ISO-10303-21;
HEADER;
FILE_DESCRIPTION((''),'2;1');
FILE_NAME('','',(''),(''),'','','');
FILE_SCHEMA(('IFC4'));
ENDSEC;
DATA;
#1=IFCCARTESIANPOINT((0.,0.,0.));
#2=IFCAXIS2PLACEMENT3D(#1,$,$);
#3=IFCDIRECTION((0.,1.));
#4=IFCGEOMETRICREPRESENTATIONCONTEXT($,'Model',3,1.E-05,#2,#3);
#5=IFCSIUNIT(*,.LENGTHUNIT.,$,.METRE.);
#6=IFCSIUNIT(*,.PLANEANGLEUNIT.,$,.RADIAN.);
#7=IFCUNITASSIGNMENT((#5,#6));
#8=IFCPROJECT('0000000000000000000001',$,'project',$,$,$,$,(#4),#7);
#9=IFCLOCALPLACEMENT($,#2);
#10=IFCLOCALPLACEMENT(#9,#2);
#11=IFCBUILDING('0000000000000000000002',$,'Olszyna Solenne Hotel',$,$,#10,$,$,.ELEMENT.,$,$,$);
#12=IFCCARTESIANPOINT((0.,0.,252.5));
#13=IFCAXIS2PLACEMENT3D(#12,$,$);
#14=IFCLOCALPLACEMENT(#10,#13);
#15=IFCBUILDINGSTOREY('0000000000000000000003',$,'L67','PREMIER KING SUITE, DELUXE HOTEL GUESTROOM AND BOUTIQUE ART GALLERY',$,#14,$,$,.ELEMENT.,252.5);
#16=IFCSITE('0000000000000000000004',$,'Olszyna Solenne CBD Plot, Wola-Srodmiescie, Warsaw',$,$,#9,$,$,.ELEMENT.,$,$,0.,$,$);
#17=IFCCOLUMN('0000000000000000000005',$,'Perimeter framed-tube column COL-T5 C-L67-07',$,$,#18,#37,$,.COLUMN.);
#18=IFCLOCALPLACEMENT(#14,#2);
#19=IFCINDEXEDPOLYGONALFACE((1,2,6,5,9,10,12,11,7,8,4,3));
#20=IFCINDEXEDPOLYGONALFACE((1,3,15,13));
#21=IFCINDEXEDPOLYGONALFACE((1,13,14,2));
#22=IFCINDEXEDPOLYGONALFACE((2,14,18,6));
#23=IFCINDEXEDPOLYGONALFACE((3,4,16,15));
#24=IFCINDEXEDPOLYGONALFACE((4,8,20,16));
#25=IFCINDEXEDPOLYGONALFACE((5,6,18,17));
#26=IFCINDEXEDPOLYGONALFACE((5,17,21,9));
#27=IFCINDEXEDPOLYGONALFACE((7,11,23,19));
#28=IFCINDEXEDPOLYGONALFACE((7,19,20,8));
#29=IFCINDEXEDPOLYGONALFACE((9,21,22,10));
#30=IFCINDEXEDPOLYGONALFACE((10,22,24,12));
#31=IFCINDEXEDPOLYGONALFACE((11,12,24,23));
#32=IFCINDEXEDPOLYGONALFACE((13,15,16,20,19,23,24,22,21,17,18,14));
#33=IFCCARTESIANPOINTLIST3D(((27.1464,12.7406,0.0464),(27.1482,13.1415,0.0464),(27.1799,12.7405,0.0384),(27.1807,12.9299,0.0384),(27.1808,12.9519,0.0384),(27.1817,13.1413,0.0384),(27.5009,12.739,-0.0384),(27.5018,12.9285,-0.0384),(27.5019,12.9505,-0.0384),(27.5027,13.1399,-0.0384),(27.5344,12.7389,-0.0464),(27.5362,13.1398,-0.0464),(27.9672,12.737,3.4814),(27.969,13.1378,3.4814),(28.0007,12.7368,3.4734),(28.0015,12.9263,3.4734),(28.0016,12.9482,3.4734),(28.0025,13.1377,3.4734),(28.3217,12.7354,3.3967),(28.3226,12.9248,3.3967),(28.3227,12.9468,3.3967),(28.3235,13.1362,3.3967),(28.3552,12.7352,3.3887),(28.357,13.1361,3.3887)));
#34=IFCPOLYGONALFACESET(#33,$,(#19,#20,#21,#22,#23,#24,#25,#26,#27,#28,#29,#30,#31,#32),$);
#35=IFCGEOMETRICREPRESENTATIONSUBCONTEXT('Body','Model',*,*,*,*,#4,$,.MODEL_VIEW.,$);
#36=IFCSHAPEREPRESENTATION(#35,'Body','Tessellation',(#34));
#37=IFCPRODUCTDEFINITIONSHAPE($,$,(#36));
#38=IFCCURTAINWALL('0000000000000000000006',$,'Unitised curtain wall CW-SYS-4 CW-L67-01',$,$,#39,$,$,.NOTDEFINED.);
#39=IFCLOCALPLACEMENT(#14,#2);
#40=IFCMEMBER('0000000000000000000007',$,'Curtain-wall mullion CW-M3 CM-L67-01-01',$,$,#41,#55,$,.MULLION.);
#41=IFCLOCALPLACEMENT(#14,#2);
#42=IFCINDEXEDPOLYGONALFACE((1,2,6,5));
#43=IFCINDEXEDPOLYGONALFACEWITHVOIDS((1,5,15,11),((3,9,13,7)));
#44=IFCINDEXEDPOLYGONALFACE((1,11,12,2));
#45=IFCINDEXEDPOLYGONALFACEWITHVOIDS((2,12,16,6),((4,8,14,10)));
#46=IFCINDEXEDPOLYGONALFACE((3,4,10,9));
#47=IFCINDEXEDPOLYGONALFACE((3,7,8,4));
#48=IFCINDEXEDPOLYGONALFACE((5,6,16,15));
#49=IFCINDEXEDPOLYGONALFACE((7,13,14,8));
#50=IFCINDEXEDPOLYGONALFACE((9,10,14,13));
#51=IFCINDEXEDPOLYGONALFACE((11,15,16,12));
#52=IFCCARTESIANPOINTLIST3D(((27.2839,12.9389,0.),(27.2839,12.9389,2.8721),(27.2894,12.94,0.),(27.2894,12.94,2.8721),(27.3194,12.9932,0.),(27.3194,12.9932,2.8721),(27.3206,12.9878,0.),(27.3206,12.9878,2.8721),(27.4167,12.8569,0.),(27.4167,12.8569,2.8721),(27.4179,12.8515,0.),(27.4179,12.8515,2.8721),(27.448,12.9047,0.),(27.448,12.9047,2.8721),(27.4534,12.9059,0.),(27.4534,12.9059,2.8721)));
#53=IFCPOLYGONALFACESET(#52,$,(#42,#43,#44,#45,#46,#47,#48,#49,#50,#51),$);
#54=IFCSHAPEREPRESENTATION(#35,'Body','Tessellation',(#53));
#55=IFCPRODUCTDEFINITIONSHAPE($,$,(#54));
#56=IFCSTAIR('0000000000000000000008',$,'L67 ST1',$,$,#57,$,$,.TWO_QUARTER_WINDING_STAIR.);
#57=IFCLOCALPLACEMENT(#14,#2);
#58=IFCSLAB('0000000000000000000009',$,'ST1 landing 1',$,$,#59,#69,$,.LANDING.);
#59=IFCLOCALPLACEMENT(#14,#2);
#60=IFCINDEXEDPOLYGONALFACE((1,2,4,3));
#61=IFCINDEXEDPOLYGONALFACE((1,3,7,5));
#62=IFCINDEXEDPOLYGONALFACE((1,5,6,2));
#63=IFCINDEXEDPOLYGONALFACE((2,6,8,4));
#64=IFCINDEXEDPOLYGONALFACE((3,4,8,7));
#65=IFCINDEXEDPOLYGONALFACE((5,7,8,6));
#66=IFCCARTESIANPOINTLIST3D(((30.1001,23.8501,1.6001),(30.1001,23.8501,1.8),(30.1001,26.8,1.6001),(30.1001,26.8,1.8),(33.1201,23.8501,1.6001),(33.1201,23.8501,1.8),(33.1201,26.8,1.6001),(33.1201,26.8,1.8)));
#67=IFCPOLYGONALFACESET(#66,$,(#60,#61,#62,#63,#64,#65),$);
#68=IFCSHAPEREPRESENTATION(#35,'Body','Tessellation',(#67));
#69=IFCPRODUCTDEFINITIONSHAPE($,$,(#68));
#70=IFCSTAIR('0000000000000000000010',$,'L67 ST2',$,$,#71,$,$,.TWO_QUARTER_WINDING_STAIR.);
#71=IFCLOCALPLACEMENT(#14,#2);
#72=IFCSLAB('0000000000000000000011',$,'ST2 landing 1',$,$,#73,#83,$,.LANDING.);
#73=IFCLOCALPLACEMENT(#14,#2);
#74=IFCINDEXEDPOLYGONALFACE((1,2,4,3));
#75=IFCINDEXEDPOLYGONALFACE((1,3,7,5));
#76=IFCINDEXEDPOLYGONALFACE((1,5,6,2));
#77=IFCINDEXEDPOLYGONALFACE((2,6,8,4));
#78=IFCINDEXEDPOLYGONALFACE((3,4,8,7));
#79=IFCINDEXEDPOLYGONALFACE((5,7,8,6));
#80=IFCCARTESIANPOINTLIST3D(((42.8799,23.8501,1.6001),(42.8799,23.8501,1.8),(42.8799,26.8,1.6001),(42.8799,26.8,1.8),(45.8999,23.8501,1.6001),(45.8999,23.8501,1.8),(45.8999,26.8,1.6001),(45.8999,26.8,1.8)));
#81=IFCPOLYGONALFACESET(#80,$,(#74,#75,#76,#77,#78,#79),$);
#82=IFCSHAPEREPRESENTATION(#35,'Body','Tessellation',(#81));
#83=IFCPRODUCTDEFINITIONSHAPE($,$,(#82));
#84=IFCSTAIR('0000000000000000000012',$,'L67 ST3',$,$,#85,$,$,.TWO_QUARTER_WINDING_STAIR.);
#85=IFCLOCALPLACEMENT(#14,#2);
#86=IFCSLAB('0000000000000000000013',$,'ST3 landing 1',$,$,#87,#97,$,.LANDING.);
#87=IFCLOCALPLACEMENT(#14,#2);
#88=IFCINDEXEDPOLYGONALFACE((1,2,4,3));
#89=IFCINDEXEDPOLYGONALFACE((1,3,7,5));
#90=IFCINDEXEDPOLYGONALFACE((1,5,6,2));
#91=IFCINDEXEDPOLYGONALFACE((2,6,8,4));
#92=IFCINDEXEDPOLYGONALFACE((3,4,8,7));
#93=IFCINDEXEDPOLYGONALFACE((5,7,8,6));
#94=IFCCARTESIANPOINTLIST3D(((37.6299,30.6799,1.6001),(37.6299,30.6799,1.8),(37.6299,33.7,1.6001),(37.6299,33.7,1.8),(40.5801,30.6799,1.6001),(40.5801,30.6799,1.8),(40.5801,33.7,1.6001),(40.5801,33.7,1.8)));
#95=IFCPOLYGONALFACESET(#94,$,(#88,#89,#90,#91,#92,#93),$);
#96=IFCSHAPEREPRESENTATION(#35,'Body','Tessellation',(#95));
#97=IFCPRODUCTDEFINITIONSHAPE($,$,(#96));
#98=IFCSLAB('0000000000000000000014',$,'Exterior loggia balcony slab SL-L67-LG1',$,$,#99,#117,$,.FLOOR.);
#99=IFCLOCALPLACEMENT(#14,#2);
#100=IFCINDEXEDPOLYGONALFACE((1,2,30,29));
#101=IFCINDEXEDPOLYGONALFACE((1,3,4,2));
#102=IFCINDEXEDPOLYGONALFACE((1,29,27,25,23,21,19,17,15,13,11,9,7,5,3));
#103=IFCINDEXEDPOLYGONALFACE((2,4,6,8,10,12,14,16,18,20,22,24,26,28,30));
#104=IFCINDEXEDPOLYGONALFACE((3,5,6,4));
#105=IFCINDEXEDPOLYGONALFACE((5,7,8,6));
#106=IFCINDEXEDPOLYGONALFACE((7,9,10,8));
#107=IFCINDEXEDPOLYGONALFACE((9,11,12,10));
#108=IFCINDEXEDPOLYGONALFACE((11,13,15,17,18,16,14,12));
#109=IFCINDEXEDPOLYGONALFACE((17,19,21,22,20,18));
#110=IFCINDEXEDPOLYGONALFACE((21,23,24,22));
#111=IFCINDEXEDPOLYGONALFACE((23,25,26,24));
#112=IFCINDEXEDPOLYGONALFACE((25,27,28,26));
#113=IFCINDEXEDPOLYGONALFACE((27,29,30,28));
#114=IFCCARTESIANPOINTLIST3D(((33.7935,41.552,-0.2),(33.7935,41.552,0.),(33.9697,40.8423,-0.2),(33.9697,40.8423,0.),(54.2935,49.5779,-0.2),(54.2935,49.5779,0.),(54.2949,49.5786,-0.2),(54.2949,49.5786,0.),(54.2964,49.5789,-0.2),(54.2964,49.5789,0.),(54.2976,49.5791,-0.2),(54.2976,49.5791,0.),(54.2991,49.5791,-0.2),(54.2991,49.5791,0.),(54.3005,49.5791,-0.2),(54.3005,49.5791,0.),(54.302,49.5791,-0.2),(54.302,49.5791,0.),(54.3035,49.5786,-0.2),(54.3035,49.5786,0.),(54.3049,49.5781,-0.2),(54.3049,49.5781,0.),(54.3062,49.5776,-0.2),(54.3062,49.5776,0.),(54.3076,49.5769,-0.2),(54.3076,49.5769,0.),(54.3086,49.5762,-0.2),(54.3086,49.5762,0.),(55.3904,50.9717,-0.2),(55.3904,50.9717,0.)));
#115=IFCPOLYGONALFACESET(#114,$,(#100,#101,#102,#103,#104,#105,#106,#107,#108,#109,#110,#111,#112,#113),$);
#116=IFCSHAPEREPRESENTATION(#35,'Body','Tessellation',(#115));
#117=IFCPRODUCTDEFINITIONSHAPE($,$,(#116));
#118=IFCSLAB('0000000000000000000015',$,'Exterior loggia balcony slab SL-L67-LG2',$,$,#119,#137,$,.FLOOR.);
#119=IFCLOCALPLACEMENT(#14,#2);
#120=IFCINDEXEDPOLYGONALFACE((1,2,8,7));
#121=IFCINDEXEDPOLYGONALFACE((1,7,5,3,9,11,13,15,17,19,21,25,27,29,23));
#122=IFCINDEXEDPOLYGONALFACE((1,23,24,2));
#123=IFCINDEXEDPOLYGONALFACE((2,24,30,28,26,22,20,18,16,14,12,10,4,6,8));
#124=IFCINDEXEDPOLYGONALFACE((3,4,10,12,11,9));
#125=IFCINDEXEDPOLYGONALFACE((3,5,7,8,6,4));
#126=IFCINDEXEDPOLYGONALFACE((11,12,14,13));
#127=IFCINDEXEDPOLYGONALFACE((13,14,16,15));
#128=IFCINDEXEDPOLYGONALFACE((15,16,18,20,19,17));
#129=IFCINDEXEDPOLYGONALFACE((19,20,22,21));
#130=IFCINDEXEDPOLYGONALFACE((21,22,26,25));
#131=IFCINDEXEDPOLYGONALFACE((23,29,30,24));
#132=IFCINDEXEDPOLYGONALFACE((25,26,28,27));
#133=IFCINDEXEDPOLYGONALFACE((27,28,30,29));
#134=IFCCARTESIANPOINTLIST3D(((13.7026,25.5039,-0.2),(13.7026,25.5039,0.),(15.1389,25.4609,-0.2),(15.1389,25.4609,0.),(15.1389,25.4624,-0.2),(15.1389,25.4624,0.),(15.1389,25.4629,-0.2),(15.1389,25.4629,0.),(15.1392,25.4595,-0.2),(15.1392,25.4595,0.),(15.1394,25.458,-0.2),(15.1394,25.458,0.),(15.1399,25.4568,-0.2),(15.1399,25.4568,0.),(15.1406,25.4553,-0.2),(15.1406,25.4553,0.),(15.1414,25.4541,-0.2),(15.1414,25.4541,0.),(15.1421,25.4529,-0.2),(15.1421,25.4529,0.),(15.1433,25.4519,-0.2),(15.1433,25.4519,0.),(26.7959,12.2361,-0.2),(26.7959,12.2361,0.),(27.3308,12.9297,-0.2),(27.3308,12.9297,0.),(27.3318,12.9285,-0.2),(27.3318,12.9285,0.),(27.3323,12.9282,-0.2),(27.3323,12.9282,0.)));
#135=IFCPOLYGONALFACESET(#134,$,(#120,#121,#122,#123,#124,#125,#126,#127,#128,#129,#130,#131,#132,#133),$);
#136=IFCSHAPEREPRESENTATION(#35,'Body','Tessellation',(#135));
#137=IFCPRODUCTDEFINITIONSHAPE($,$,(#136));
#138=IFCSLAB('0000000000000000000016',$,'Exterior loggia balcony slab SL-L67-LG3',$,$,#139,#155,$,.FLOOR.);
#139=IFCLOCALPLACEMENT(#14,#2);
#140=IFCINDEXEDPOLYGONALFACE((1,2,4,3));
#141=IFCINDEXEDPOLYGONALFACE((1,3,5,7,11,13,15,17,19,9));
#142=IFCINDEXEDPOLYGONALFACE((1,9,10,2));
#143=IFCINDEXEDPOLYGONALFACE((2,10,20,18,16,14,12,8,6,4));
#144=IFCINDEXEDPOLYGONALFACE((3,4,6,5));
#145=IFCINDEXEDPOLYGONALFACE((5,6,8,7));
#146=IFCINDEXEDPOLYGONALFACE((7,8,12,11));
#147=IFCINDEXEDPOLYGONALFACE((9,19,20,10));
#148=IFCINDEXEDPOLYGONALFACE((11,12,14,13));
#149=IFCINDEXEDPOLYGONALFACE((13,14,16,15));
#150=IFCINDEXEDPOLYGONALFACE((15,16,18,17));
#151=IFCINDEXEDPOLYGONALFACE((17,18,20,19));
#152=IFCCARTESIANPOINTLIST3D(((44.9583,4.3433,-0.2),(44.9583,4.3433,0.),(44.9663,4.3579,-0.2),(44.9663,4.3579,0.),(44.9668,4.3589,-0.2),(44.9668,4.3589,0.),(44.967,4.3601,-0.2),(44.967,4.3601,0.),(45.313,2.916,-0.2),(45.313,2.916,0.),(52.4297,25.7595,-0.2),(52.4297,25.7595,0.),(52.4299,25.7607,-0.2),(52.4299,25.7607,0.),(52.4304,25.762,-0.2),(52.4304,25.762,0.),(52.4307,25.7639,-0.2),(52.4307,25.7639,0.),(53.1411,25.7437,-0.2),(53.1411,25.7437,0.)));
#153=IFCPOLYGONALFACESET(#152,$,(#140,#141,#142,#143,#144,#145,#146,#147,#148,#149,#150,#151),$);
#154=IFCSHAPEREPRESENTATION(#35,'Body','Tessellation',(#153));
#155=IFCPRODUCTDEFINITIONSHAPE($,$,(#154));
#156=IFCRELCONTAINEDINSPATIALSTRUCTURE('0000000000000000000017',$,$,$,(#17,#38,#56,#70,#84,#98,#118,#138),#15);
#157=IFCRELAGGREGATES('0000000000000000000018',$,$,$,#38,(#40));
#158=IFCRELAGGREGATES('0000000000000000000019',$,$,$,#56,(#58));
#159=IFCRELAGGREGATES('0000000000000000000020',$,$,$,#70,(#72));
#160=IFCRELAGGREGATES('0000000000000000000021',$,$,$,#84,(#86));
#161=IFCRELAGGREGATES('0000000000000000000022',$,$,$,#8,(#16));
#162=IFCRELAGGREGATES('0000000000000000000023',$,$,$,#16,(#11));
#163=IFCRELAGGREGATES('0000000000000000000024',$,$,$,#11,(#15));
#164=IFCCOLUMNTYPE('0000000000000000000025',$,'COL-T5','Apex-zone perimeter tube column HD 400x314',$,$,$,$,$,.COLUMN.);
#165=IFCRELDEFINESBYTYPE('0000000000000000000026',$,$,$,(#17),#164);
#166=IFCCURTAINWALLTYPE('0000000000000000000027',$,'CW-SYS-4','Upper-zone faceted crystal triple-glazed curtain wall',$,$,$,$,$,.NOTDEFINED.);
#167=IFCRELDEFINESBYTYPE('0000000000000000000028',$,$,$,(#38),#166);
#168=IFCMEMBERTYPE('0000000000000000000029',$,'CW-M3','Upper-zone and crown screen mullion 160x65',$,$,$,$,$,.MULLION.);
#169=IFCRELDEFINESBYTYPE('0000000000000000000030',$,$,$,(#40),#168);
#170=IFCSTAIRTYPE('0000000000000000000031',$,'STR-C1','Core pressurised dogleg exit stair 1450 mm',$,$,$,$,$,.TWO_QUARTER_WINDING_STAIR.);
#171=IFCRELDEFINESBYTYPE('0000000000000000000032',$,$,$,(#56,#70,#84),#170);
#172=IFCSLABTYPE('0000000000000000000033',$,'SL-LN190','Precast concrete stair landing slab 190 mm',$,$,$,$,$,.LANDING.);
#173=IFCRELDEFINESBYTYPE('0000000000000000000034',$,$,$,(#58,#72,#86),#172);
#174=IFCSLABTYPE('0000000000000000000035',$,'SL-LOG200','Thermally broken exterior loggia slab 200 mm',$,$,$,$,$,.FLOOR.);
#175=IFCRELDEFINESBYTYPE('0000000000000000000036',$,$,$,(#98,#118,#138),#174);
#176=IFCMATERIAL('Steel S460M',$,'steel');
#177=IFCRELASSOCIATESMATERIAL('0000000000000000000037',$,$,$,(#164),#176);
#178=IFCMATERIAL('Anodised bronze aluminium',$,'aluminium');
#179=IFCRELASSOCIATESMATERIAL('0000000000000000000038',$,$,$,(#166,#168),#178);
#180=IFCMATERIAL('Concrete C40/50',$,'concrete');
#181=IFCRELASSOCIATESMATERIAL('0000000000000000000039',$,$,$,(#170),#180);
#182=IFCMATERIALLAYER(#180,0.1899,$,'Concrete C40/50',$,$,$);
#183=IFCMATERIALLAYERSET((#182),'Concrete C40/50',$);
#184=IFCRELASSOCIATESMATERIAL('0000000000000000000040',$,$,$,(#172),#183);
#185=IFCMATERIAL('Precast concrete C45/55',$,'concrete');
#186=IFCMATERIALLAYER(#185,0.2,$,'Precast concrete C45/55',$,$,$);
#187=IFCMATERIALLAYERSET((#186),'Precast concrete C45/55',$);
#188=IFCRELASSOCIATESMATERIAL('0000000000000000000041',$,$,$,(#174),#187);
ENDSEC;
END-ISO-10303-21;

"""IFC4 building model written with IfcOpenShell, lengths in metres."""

from ifc_helpers import new_model, si_unit, direction, frame, origin, origin_2d, place, context, subcontext, project, spatial, polyline, hollow_rectangle, i_section, outline, extrude, source, transform, mapped, material, layer, layer_set, material_profile, profile_set, type_object, element, aggregate, save


model = new_model("IFC4")

# Units and contexts
model_context = context("Model", 3, precision=1e-05, world=origin(), true_north=direction((0.0, 1.0)))
body_context = subcontext(model_context, "Body", "Model", "MODEL_VIEW")
ifc_project = project(units=[si_unit("LENGTHUNIT", "METRE"), si_unit("PLANEANGLEUNIT", "RADIAN")], contexts=[model_context])

# Site, building, storey
site_placement = place(None, origin())
site = spatial("IfcSite", under=ifc_project, at=site_placement, Name="Olszyna Solenne CBD Plot, Wola-Srodmiescie, Warsaw", CompositionType="ELEMENT", RefElevation=0.0)
building_placement = place(site_placement, origin())
building = spatial("IfcBuilding", under=site, at=building_placement, Name="Olszyna Solenne Hotel", CompositionType="ELEMENT")
storey_placement = place(building_placement, frame((0.0, 0.0, 252.5)))
storey = spatial("IfcBuildingStorey", under=building, at=storey_placement, Name="L67", Description="PREMIER KING SUITE, DELUXE HOTEL GUESTROOM AND BOUTIQUE ART GALLERY", CompositionType="ELEMENT", Elevation=252.5)

# Column
ifc_material_1 = material(Name="Steel S460M", Category="steel")
ifc_material_profile_1 = material_profile(ifc_material_1, i_section(OverallWidth=0.4009, OverallDepth=0.3989, WebThickness=0.022, FlangeThickness=0.0344, at=origin_2d()), Name="HD 400x314", Category="load-bearing")
ifc_profile_set_1 = profile_set([ifc_material_profile_1], Name="Steel S460M")
column_type = type_object("IfcColumnType", Name="COL-T5", Description="Apex-zone perimeter tube column HD 400x314", PredefinedType="COLUMN", material=ifc_profile_set_1)
shared_shape_1 = source(origin(), body_context, "Body", "SweptSolid", [
    extrude(i_section(OverallWidth=0.4009, OverallDepth=0.3989, WebThickness=0.022, FlangeThickness=0.0344, at=origin_2d()), origin(), (0.0, 0.0, 1.0), 3.5317),
])
column_placement = place(storey_placement, frame((27.3413, 12.9402, 0.0), z_axis=(0.232405, -0.001037, 0.972618), x_axis=(0.004462, 0.99999, 0.0)))
element("IfcColumn", 1, at=column_placement, inside=storey, type_object=column_type, Name="Perimeter framed-tube column COL-T5 C-L67-07", PredefinedType="COLUMN", context=body_context, shape_type="MappedRepresentation", body=[
    mapped(shared_shape_1, transform((0.0, 0.0, 0.0), x_axis=(1.0, 0.0, 0.0), y_axis=(0.0, 1.0, 0.0), z_axis=(0.0, 0.0, 1.0), scale=1.0)),
])

# Curtain wall, member
ifc_material_2 = material(Name="Anodised bronze aluminium", Category="aluminium")
curtain_wall_type = type_object("IfcCurtainWallType", Name="CW-SYS-4", Description="Upper-zone faceted crystal triple-glazed curtain wall", PredefinedType="NOTDEFINED", material=ifc_material_2)
curtain_wall_placement = place(storey_placement, origin())
curtain_wall = element("IfcCurtainWall", 2, at=curtain_wall_placement, inside=storey, type_object=curtain_wall_type, Name="Unitised curtain wall CW-SYS-4 CW-L67-01", PredefinedType="NOTDEFINED")
ifc_material_profile_2 = material_profile(ifc_material_2, hollow_rectangle(XDim=0.0649, YDim=0.1599, WallThickness=0.0039, at=origin_2d()), Name="MULL 160x65x4", Category="load-bearing")
ifc_profile_set_2 = profile_set([ifc_material_profile_2], Name="Anodised bronze aluminium")
member_type = type_object("IfcMemberType", Name="CW-M3", Description="Upper-zone and crown screen mullion 160x65", PredefinedType="MULLION", material=ifc_profile_set_2)
shared_shape_2 = source(origin(), body_context, "Body", "SweptSolid", [
    extrude(hollow_rectangle(XDim=0.0649, YDim=0.1599, WallThickness=0.0039, at=origin_2d()), origin(), (0.0, 0.0, 1.0), 2.8721),
])
member_placement = place(storey_placement, frame((27.3687, 12.9224, 0.0), z_axis=(0.0, 0.0, 1.0), x_axis=(0.546408, 0.837519, 0.0)))
member = element("IfcMember", 3, at=member_placement, type_object=member_type, Name="Curtain-wall mullion CW-M3 CM-L67-01-01", PredefinedType="MULLION", context=body_context, shape_type="MappedRepresentation", body=[
    mapped(shared_shape_2, transform((0.0, 0.0, 0.0), x_axis=(1.0, 0.0, 0.0), y_axis=(0.0, 1.0, 0.0), z_axis=(0.0, 0.0, 1.0), scale=1.0)),
])
aggregate(curtain_wall, [member])

# Stairs, slabs
ifc_material_3 = material(Name="Concrete C40/50", Category="concrete")
stair_type = type_object("IfcStairType", Name="STR-C1", Description="Core pressurised dogleg exit stair 1450 mm", PredefinedType="TWO_QUARTER_WINDING_STAIR", material=ifc_material_3)
stair_1_placement = place(storey_placement, origin())
stair_1 = element("IfcStair", 4, at=stair_1_placement, inside=storey, type_object=stair_type, Name="L67 ST1", PredefinedType="TWO_QUARTER_WINDING_STAIR")
ifc_layer_1 = layer(ifc_material_3, 0.1899, Name="Concrete C40/50")
ifc_layer_set_1 = layer_set([ifc_layer_1], Name="Concrete C40/50")
slab_type_1 = type_object("IfcSlabType", Name="SL-LN190", Description="Precast concrete stair landing slab 190 mm", PredefinedType="LANDING", material=ifc_layer_set_1)
slab_1_placement = place(storey_placement, frame((0.0, 0.0, 1.6001)))
slab_1 = element("IfcSlab", 5, at=slab_1_placement, type_object=slab_type_1, Name="ST1 landing 1", PredefinedType="LANDING", context=body_context, shape_type="SweptSolid", body=[
    extrude(outline(polyline([(33.1201, 23.8501), (33.1201, 26.8), (30.1001, 26.8), (30.1001, 23.8501), (33.1201, 23.8501)])), origin(), (0.0, 0.0, 1.0), 0.2),
])
aggregate(stair_1, [slab_1])
stair_2_placement = place(storey_placement, origin())
stair_2 = element("IfcStair", 6, at=stair_2_placement, inside=storey, type_object=stair_type, Name="L67 ST2", PredefinedType="TWO_QUARTER_WINDING_STAIR")
slab_2_placement = place(storey_placement, frame((0.0, 0.0, 1.6001)))
slab_2 = element("IfcSlab", 7, at=slab_2_placement, type_object=slab_type_1, Name="ST2 landing 1", PredefinedType="LANDING", context=body_context, shape_type="SweptSolid", body=[
    extrude(outline(polyline([(45.8999, 23.8501), (45.8999, 26.8), (42.8799, 26.8), (42.8799, 23.8501), (45.8999, 23.8501)])), origin(), (0.0, 0.0, 1.0), 0.2),
])
aggregate(stair_2, [slab_2])
stair_3_placement = place(storey_placement, origin())
stair_3 = element("IfcStair", 8, at=stair_3_placement, inside=storey, type_object=stair_type, Name="L67 ST3", PredefinedType="TWO_QUARTER_WINDING_STAIR")
slab_3_placement = place(storey_placement, frame((0.0, 0.0, 1.6001)))
slab_3 = element("IfcSlab", 9, at=slab_3_placement, type_object=slab_type_1, Name="ST3 landing 1", PredefinedType="LANDING", context=body_context, shape_type="SweptSolid", body=[
    extrude(outline(polyline([(37.6299, 30.6799), (40.5801, 30.6799), (40.5801, 33.7), (37.6299, 33.7), (37.6299, 30.6799)])), origin(), (0.0, 0.0, 1.0), 0.2),
])
aggregate(stair_3, [slab_3])

# Slabs
ifc_material_4 = material(Name="Precast concrete C45/55", Category="concrete")
ifc_layer_2 = layer(ifc_material_4, 0.2, Name="Precast concrete C45/55")
ifc_layer_set_2 = layer_set([ifc_layer_2], Name="Precast concrete C45/55")
slab_type_2 = type_object("IfcSlabType", Name="SL-LOG200", Description="Thermally broken exterior loggia slab 200 mm", PredefinedType="FLOOR", material=ifc_layer_set_2)
slab_4_placement = place(storey_placement, frame((0.0, 0.0, -0.2)))
element("IfcSlab", 10, at=slab_4_placement, inside=storey, type_object=slab_type_2, Name="Exterior loggia balcony slab SL-L67-LG1", PredefinedType="FLOOR", context=body_context, shape_type="SweptSolid", body=[
    extrude(outline(polyline([(33.9697, 40.8423), (54.2935, 49.5779), (54.2949, 49.5786), (54.2964, 49.5789), (54.2976, 49.5791), (54.2991, 49.5791), (54.3005, 49.5791), (54.302, 49.5791), (54.3035, 49.5786), (54.3049, 49.5781), (54.3062, 49.5776), (54.3076, 49.5769), (54.3086, 49.5762), (55.3904, 50.9717), (33.7935, 41.552), (33.9697, 40.8423)])), origin(), (0.0, 0.0, 1.0), 0.2),
])
slab_5_placement = place(storey_placement, frame((0.0, 0.0, -0.2)))
element("IfcSlab", 11, at=slab_5_placement, inside=storey, type_object=slab_type_2, Name="Exterior loggia balcony slab SL-L67-LG2", PredefinedType="FLOOR", context=body_context, shape_type="SweptSolid", body=[
    extrude(outline(polyline([(27.3323, 12.9282), (27.3318, 12.9285), (27.3308, 12.9297), (15.1433, 25.4519), (15.1421, 25.4529), (15.1414, 25.4541), (15.1406, 25.4553), (15.1399, 25.4568), (15.1394, 25.458), (15.1392, 25.4595), (15.1389, 25.4609), (15.1389, 25.4624), (15.1389, 25.4629), (13.7026, 25.5039), (26.7959, 12.2361), (27.3323, 12.9282)])), origin(), (0.0, 0.0, 1.0), 0.2),
])
slab_6_placement = place(storey_placement, frame((0.0, 0.0, -0.2)))
element("IfcSlab", 12, at=slab_6_placement, inside=storey, type_object=slab_type_2, Name="Exterior loggia balcony slab SL-L67-LG3", PredefinedType="FLOOR", context=body_context, shape_type="SweptSolid", body=[
    extrude(outline(polyline([(52.4307, 25.7639), (52.4304, 25.762), (52.4299, 25.7607), (52.4297, 25.7595), (44.967, 4.3601), (44.9668, 4.3589), (44.9663, 4.3579), (44.9583, 4.3433), (45.313, 2.916), (53.1411, 25.7437), (52.4307, 25.7639)])), origin(), (0.0, 0.0, 1.0), 0.2),
])

save(model, "model.ifc")
